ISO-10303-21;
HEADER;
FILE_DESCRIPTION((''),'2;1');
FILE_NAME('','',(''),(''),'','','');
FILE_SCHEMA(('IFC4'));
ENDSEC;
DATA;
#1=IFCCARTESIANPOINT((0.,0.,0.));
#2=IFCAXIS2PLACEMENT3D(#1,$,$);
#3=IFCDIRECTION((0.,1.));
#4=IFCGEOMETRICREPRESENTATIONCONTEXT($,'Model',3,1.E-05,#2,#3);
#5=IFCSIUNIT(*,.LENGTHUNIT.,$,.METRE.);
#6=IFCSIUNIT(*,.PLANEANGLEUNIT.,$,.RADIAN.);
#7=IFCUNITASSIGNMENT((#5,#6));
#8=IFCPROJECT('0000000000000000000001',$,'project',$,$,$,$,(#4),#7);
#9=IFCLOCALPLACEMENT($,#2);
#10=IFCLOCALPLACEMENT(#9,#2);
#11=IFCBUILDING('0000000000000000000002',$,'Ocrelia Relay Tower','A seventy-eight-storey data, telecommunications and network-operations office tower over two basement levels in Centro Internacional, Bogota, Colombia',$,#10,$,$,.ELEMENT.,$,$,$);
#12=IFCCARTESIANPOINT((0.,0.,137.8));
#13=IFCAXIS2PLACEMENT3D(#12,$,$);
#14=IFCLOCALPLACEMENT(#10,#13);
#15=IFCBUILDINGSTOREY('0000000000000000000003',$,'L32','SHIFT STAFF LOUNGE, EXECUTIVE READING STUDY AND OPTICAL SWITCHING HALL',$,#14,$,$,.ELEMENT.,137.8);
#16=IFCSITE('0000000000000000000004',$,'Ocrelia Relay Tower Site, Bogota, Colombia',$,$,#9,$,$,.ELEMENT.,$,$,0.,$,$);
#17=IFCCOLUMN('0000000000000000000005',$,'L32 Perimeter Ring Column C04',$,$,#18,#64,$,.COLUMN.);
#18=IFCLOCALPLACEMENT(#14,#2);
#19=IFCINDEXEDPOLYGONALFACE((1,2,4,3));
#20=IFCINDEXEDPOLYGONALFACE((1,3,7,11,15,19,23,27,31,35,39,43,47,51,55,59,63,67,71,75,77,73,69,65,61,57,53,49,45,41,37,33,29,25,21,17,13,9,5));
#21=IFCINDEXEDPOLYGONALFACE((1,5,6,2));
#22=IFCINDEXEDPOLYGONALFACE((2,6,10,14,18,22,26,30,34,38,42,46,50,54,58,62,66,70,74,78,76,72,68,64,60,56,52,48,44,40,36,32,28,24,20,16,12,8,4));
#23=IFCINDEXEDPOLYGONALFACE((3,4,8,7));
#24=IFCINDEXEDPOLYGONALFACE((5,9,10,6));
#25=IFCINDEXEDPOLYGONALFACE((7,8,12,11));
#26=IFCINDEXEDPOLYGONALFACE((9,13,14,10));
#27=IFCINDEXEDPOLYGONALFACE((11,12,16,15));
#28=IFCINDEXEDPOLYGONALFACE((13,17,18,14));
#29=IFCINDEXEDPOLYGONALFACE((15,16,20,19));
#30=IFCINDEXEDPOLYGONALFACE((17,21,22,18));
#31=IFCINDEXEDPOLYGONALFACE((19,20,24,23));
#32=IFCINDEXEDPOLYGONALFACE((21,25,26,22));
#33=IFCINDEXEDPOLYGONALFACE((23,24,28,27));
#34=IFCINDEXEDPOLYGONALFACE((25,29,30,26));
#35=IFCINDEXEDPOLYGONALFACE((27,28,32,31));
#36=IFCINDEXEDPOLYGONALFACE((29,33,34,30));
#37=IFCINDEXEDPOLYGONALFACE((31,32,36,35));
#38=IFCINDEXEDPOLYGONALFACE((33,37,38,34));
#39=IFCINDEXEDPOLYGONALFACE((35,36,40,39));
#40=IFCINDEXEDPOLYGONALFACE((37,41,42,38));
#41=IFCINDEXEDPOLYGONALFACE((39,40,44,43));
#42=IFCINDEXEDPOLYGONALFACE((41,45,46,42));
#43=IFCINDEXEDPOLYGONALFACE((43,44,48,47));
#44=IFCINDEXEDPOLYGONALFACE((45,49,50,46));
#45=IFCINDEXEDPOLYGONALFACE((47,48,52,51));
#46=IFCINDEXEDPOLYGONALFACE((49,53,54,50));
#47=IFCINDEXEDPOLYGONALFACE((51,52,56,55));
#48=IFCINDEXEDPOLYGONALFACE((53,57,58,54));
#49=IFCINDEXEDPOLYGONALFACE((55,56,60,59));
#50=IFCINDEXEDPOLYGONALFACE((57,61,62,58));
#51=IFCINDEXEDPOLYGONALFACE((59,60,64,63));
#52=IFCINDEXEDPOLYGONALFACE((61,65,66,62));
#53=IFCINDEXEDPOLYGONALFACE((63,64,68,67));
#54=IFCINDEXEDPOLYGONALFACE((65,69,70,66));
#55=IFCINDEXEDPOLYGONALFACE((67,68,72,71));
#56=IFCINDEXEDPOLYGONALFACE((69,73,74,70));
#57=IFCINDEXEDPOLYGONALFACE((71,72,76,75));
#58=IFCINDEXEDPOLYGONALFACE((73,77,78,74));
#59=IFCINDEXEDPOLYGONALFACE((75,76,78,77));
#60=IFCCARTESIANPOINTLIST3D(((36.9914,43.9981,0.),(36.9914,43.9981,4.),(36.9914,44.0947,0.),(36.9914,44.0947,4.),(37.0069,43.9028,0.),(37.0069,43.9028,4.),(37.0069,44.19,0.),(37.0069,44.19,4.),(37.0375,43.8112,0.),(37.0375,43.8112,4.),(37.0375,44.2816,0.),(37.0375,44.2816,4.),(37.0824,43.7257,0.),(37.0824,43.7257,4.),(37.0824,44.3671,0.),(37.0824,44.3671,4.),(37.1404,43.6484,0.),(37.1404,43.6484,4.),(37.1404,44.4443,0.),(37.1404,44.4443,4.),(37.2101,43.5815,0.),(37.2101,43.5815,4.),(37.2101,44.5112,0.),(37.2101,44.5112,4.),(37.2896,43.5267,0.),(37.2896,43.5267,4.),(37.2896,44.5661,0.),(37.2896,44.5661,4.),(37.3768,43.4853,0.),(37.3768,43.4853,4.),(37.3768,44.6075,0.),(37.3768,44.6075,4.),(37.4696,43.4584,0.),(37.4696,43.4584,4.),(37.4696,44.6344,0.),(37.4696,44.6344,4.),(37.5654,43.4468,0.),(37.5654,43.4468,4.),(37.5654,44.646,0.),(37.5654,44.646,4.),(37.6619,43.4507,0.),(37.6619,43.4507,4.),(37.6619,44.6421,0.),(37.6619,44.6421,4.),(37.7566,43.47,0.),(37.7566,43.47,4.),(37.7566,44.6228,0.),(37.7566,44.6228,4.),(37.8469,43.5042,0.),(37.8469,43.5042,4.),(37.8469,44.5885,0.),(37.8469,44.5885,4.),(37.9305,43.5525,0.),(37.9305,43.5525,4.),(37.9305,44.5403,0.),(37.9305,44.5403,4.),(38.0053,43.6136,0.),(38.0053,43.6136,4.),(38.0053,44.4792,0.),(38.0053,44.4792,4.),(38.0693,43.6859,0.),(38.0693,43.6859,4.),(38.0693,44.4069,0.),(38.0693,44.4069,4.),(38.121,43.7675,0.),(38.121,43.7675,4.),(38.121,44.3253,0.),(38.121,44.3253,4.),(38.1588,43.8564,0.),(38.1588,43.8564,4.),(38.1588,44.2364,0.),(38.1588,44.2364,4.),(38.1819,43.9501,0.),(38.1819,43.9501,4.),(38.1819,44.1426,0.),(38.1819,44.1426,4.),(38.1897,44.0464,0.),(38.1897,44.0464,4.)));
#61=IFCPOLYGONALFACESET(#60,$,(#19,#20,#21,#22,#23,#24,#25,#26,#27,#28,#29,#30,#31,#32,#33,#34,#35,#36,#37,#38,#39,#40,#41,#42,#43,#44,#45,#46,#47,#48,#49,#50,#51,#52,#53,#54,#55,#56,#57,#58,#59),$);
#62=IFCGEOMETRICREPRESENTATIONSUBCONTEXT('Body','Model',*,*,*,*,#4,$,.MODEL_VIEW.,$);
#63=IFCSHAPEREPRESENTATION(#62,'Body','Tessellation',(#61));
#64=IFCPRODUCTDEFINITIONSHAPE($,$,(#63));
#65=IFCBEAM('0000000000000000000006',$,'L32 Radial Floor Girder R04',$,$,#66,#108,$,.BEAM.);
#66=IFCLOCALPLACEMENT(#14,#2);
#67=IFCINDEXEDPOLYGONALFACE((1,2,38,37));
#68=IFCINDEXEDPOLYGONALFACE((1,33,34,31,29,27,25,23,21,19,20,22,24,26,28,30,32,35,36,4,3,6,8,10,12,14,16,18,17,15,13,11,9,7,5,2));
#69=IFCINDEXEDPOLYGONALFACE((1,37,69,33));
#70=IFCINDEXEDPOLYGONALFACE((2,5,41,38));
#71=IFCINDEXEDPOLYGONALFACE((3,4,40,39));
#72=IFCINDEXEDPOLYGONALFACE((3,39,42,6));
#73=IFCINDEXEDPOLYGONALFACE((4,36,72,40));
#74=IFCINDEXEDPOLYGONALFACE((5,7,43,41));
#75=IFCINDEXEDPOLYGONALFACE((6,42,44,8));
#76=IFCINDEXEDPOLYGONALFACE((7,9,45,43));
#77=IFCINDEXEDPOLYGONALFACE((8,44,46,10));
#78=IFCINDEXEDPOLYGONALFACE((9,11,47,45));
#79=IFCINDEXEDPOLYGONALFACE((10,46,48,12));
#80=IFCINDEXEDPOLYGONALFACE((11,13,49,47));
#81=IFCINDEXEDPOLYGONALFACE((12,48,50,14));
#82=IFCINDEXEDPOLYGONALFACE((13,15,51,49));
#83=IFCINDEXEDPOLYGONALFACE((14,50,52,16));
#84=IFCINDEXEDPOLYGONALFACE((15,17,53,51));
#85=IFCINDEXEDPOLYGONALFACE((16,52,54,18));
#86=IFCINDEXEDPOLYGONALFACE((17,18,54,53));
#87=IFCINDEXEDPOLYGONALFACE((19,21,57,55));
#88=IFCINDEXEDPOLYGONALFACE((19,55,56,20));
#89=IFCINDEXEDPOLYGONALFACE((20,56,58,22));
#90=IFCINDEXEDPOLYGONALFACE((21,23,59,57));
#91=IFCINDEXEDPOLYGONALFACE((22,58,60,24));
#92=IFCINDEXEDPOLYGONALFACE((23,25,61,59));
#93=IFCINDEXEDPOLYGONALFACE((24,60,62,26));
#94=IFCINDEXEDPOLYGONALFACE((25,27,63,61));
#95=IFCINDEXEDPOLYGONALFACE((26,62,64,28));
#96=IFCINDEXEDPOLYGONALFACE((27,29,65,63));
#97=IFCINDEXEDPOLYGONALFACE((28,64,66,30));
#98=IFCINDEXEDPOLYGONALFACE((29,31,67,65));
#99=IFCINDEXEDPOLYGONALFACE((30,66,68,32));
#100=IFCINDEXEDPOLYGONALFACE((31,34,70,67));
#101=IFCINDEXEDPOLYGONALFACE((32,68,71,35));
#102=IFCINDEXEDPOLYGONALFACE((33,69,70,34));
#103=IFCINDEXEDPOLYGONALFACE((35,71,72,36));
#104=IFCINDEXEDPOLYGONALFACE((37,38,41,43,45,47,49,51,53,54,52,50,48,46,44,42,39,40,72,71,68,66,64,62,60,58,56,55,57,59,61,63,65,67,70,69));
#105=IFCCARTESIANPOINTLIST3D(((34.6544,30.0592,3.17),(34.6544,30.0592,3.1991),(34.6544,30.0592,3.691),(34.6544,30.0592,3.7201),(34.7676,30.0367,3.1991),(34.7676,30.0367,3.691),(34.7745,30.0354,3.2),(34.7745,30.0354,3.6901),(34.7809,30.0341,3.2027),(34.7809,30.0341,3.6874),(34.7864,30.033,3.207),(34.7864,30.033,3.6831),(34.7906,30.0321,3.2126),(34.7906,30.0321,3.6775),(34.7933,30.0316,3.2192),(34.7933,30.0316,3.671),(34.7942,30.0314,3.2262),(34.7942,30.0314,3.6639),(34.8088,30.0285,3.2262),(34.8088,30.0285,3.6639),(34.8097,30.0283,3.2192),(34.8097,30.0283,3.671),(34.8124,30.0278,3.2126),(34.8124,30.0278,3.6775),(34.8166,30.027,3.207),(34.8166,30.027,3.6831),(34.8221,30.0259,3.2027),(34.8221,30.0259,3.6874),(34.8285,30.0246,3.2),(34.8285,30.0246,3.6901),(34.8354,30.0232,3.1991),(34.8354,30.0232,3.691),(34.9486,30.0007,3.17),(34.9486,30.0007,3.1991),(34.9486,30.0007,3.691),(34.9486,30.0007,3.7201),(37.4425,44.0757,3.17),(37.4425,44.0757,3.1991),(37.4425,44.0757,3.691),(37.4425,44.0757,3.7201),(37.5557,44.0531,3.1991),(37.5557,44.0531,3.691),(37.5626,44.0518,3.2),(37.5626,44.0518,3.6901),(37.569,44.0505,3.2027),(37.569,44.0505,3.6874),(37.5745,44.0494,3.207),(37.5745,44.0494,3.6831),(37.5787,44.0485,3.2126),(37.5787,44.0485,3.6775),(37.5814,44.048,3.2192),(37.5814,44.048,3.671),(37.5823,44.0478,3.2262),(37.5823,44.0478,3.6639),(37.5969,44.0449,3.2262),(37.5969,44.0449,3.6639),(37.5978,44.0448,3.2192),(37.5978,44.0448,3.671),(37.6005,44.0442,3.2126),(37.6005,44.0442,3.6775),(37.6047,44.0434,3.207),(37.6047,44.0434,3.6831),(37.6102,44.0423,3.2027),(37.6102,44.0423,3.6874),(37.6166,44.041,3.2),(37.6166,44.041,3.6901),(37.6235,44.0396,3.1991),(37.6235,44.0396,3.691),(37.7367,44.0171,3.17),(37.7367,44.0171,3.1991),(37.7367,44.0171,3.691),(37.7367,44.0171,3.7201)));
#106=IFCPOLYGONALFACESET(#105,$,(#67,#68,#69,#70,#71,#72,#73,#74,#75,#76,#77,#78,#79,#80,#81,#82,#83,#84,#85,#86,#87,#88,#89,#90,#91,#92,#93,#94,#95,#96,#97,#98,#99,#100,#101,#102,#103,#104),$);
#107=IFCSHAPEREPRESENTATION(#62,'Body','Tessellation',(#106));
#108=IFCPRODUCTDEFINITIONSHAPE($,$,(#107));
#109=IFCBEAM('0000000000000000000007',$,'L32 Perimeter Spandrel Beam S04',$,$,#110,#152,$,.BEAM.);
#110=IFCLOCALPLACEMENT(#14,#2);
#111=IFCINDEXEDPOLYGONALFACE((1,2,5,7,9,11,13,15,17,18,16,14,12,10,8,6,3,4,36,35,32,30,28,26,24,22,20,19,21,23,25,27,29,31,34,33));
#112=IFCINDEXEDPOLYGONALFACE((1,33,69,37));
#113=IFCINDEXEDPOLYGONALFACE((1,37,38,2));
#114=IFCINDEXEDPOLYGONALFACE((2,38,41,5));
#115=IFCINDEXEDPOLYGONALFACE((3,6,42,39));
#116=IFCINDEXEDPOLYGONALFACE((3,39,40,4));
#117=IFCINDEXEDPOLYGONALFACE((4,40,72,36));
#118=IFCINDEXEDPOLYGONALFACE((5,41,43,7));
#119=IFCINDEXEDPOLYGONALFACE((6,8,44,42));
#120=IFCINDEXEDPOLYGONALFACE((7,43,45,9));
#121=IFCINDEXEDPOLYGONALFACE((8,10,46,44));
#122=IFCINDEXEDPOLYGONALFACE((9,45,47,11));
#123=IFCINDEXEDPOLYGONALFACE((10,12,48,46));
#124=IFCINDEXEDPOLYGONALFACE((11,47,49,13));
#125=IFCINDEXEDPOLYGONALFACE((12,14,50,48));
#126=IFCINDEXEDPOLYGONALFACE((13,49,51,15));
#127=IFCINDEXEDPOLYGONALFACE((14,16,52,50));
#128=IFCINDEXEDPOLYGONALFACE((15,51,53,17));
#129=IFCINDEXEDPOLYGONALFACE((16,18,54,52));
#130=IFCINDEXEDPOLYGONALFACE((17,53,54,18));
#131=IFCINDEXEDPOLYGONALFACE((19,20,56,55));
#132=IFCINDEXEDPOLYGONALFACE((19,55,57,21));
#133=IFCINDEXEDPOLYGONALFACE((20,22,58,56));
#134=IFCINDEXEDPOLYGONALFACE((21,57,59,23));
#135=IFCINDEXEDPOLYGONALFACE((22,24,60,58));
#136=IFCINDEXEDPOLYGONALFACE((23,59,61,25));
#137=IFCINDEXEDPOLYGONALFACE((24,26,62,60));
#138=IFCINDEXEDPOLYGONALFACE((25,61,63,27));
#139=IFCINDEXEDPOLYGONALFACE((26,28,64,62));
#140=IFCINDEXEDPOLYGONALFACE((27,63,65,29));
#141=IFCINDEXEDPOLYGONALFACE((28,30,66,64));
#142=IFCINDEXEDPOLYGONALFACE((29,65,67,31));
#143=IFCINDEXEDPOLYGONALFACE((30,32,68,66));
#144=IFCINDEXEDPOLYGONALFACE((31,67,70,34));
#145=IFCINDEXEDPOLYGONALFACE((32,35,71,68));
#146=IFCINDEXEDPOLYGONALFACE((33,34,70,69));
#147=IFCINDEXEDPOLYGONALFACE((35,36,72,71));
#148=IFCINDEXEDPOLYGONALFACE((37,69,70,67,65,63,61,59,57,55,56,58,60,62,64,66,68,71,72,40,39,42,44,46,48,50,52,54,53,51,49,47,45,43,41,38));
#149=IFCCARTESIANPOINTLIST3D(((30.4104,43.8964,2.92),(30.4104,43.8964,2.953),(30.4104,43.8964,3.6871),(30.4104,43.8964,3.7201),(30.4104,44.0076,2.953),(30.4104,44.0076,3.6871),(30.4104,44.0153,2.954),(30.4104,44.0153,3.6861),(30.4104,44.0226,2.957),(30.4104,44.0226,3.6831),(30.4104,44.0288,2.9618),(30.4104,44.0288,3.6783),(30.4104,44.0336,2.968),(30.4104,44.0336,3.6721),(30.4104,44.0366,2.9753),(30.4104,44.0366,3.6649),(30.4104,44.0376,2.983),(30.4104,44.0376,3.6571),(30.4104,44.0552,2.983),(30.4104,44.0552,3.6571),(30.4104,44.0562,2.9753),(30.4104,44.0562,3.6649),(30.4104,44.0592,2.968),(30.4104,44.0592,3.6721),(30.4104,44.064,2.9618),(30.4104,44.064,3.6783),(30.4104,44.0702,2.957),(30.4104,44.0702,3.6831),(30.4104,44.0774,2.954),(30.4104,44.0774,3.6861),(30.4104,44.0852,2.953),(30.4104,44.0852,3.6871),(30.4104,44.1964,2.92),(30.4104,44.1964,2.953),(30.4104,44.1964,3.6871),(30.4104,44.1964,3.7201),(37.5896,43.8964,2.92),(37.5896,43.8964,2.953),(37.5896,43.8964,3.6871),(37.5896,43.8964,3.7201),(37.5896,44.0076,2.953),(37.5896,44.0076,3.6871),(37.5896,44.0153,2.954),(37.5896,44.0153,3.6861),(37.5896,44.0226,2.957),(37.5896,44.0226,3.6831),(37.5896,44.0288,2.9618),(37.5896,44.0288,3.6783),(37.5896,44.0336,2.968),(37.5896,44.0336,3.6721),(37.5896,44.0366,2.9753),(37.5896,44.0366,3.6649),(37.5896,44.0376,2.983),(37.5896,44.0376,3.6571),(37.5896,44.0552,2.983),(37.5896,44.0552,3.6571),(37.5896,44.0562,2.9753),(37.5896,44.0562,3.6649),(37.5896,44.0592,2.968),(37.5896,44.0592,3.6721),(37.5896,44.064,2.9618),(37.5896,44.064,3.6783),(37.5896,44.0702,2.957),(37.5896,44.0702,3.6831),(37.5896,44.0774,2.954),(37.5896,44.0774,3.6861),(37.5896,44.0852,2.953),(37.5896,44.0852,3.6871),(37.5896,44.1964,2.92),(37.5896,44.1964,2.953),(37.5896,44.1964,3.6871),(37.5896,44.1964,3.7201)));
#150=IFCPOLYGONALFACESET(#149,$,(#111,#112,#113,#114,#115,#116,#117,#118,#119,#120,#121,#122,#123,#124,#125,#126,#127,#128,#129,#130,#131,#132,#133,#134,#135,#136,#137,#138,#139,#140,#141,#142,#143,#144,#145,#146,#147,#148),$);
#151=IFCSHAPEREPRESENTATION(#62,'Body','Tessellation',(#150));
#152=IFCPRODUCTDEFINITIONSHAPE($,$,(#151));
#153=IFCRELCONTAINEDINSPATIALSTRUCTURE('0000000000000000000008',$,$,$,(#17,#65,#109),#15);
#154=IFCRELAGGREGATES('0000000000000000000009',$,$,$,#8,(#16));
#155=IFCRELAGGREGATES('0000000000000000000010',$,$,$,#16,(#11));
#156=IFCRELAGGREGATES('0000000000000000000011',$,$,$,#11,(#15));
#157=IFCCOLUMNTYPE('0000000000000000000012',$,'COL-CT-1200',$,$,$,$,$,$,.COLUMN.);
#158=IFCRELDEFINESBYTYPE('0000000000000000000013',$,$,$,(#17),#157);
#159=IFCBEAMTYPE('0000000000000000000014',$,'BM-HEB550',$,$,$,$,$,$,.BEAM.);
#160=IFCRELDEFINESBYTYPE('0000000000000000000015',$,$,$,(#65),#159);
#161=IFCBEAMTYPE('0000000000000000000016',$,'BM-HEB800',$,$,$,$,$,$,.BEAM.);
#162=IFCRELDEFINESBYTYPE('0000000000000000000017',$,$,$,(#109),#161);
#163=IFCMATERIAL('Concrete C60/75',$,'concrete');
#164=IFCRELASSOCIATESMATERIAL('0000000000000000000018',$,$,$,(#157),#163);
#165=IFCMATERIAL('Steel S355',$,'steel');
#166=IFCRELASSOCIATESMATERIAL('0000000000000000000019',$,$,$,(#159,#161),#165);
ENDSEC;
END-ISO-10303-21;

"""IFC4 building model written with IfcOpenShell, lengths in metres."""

from ifc_helpers import new_model, si_unit, direction, frame, origin, origin_2d, place, context, subcontext, project, spatial, circle, i_section, extrude, material, material_profile, profile_set, type_object, element, save


model = new_model("IFC4")

# Units and contexts
model_context = context("Model", 3, precision=1e-05, world=origin(), true_north=direction((0.0, 1.0)))
body_context = subcontext(model_context, "Body", "Model", "MODEL_VIEW")
ifc_project = project(units=[si_unit("LENGTHUNIT", "METRE"), si_unit("PLANEANGLEUNIT", "RADIAN")], contexts=[model_context])

# Site, building, storey
site_placement = place(None, origin())
site = spatial("IfcSite", under=ifc_project, at=site_placement, Name="Ocrelia Relay Tower Site, Bogota, Colombia", CompositionType="ELEMENT", RefElevation=0.0)
building_placement = place(site_placement, origin())
building = spatial("IfcBuilding", under=site, at=building_placement, Name="Ocrelia Relay Tower", Description="A seventy-eight-storey data, telecommunications and network-operations office tower over two basement levels in Centro Internacional, Bogota, Colombia", CompositionType="ELEMENT")
storey_placement = place(building_placement, frame((0.0, 0.0, 137.8)))
storey = spatial("IfcBuildingStorey", under=building, at=storey_placement, Name="L32", Description="SHIFT STAFF LOUNGE, EXECUTIVE READING STUDY AND OPTICAL SWITCHING HALL", CompositionType="ELEMENT", Elevation=137.8)

# Column
ifc_material_1 = material(Name="Concrete C60/75", Category="concrete")
ifc_material_profile_1 = material_profile(ifc_material_1, circle(Radius=0.6001, at=origin_2d()), Name="RC-CIR-1200")
ifc_profile_set_1 = profile_set([ifc_material_profile_1], Name="Concrete C60/75")
column_type = type_object("IfcColumnType", Name="COL-CT-1200", PredefinedType="COLUMN", material=ifc_profile_set_1)
column_placement = place(storey_placement, frame((37.5896, 44.0464, 0.0), z_axis=(0.0, 0.0, 1.0), x_axis=(1.0, 0.0, 0.0)))
element("IfcColumn", 1, at=column_placement, inside=storey, type_object=column_type, Name="L32 Perimeter Ring Column C04", PredefinedType="COLUMN", context=body_context, shape_type="SweptSolid", body=[
    extrude(circle(Radius=0.6001, at=origin_2d()), origin(), (0.0, 0.0, 1.0), 4.0),
])

# Beams
ifc_material_2 = material(Name="Steel S355", Category="steel")
ifc_material_profile_2 = material_profile(ifc_material_2, i_section(OverallWidth=0.3, OverallDepth=0.55, WebThickness=0.0149, FlangeThickness=0.0291, FilletRadius=0.0271, at=origin_2d()), Name="HEB 550")
ifc_profile_set_2 = profile_set([ifc_material_profile_2], Name="Steel S355")
beam_type_1 = type_object("IfcBeamType", Name="BM-HEB550", PredefinedType="BEAM", material=ifc_profile_set_2)
beam_1_placement = place(storey_placement, frame((37.5896, 44.0464, 3.4451), z_axis=(-0.195094, -0.980784, 0.0), x_axis=(0.980784, -0.195094, 0.0)))
element("IfcBeam", 2, at=beam_1_placement, inside=storey, type_object=beam_type_1, Name="L32 Radial Floor Girder R04", PredefinedType="BEAM", context=body_context, shape_type="SweptSolid", body=[
    extrude(i_section(OverallWidth=0.3, OverallDepth=0.55, WebThickness=0.0149, FlangeThickness=0.0291, FilletRadius=0.0271, at=origin_2d()), origin(), (0.0, 0.0, 1.0), 14.291),
])
ifc_material_profile_3 = material_profile(ifc_material_2, i_section(OverallWidth=0.3, OverallDepth=0.8, WebThickness=0.0176, FlangeThickness=0.033, FilletRadius=0.03, at=origin_2d()), Name="HEB 800")
ifc_profile_set_3 = profile_set([ifc_material_profile_3], Name="Steel S355")
beam_type_2 = type_object("IfcBeamType", Name="BM-HEB800", PredefinedType="BEAM", material=ifc_profile_set_3)
beam_2_placement = place(storey_placement, frame((37.5896, 44.0464, 3.3201), z_axis=(-1.0, 0.0, 0.0), x_axis=(0.0, -1.0, 0.0)))
element("IfcBeam", 3, at=beam_2_placement, inside=storey, type_object=beam_type_2, Name="L32 Perimeter Spandrel Beam S04", PredefinedType="BEAM", context=body_context, shape_type="SweptSolid", body=[
    extrude(i_section(OverallWidth=0.3, OverallDepth=0.8, WebThickness=0.0176, FlangeThickness=0.033, FilletRadius=0.03, at=origin_2d()), origin(), (0.0, 0.0, 1.0), 7.1792),
])

save(model, "model.ifc")
